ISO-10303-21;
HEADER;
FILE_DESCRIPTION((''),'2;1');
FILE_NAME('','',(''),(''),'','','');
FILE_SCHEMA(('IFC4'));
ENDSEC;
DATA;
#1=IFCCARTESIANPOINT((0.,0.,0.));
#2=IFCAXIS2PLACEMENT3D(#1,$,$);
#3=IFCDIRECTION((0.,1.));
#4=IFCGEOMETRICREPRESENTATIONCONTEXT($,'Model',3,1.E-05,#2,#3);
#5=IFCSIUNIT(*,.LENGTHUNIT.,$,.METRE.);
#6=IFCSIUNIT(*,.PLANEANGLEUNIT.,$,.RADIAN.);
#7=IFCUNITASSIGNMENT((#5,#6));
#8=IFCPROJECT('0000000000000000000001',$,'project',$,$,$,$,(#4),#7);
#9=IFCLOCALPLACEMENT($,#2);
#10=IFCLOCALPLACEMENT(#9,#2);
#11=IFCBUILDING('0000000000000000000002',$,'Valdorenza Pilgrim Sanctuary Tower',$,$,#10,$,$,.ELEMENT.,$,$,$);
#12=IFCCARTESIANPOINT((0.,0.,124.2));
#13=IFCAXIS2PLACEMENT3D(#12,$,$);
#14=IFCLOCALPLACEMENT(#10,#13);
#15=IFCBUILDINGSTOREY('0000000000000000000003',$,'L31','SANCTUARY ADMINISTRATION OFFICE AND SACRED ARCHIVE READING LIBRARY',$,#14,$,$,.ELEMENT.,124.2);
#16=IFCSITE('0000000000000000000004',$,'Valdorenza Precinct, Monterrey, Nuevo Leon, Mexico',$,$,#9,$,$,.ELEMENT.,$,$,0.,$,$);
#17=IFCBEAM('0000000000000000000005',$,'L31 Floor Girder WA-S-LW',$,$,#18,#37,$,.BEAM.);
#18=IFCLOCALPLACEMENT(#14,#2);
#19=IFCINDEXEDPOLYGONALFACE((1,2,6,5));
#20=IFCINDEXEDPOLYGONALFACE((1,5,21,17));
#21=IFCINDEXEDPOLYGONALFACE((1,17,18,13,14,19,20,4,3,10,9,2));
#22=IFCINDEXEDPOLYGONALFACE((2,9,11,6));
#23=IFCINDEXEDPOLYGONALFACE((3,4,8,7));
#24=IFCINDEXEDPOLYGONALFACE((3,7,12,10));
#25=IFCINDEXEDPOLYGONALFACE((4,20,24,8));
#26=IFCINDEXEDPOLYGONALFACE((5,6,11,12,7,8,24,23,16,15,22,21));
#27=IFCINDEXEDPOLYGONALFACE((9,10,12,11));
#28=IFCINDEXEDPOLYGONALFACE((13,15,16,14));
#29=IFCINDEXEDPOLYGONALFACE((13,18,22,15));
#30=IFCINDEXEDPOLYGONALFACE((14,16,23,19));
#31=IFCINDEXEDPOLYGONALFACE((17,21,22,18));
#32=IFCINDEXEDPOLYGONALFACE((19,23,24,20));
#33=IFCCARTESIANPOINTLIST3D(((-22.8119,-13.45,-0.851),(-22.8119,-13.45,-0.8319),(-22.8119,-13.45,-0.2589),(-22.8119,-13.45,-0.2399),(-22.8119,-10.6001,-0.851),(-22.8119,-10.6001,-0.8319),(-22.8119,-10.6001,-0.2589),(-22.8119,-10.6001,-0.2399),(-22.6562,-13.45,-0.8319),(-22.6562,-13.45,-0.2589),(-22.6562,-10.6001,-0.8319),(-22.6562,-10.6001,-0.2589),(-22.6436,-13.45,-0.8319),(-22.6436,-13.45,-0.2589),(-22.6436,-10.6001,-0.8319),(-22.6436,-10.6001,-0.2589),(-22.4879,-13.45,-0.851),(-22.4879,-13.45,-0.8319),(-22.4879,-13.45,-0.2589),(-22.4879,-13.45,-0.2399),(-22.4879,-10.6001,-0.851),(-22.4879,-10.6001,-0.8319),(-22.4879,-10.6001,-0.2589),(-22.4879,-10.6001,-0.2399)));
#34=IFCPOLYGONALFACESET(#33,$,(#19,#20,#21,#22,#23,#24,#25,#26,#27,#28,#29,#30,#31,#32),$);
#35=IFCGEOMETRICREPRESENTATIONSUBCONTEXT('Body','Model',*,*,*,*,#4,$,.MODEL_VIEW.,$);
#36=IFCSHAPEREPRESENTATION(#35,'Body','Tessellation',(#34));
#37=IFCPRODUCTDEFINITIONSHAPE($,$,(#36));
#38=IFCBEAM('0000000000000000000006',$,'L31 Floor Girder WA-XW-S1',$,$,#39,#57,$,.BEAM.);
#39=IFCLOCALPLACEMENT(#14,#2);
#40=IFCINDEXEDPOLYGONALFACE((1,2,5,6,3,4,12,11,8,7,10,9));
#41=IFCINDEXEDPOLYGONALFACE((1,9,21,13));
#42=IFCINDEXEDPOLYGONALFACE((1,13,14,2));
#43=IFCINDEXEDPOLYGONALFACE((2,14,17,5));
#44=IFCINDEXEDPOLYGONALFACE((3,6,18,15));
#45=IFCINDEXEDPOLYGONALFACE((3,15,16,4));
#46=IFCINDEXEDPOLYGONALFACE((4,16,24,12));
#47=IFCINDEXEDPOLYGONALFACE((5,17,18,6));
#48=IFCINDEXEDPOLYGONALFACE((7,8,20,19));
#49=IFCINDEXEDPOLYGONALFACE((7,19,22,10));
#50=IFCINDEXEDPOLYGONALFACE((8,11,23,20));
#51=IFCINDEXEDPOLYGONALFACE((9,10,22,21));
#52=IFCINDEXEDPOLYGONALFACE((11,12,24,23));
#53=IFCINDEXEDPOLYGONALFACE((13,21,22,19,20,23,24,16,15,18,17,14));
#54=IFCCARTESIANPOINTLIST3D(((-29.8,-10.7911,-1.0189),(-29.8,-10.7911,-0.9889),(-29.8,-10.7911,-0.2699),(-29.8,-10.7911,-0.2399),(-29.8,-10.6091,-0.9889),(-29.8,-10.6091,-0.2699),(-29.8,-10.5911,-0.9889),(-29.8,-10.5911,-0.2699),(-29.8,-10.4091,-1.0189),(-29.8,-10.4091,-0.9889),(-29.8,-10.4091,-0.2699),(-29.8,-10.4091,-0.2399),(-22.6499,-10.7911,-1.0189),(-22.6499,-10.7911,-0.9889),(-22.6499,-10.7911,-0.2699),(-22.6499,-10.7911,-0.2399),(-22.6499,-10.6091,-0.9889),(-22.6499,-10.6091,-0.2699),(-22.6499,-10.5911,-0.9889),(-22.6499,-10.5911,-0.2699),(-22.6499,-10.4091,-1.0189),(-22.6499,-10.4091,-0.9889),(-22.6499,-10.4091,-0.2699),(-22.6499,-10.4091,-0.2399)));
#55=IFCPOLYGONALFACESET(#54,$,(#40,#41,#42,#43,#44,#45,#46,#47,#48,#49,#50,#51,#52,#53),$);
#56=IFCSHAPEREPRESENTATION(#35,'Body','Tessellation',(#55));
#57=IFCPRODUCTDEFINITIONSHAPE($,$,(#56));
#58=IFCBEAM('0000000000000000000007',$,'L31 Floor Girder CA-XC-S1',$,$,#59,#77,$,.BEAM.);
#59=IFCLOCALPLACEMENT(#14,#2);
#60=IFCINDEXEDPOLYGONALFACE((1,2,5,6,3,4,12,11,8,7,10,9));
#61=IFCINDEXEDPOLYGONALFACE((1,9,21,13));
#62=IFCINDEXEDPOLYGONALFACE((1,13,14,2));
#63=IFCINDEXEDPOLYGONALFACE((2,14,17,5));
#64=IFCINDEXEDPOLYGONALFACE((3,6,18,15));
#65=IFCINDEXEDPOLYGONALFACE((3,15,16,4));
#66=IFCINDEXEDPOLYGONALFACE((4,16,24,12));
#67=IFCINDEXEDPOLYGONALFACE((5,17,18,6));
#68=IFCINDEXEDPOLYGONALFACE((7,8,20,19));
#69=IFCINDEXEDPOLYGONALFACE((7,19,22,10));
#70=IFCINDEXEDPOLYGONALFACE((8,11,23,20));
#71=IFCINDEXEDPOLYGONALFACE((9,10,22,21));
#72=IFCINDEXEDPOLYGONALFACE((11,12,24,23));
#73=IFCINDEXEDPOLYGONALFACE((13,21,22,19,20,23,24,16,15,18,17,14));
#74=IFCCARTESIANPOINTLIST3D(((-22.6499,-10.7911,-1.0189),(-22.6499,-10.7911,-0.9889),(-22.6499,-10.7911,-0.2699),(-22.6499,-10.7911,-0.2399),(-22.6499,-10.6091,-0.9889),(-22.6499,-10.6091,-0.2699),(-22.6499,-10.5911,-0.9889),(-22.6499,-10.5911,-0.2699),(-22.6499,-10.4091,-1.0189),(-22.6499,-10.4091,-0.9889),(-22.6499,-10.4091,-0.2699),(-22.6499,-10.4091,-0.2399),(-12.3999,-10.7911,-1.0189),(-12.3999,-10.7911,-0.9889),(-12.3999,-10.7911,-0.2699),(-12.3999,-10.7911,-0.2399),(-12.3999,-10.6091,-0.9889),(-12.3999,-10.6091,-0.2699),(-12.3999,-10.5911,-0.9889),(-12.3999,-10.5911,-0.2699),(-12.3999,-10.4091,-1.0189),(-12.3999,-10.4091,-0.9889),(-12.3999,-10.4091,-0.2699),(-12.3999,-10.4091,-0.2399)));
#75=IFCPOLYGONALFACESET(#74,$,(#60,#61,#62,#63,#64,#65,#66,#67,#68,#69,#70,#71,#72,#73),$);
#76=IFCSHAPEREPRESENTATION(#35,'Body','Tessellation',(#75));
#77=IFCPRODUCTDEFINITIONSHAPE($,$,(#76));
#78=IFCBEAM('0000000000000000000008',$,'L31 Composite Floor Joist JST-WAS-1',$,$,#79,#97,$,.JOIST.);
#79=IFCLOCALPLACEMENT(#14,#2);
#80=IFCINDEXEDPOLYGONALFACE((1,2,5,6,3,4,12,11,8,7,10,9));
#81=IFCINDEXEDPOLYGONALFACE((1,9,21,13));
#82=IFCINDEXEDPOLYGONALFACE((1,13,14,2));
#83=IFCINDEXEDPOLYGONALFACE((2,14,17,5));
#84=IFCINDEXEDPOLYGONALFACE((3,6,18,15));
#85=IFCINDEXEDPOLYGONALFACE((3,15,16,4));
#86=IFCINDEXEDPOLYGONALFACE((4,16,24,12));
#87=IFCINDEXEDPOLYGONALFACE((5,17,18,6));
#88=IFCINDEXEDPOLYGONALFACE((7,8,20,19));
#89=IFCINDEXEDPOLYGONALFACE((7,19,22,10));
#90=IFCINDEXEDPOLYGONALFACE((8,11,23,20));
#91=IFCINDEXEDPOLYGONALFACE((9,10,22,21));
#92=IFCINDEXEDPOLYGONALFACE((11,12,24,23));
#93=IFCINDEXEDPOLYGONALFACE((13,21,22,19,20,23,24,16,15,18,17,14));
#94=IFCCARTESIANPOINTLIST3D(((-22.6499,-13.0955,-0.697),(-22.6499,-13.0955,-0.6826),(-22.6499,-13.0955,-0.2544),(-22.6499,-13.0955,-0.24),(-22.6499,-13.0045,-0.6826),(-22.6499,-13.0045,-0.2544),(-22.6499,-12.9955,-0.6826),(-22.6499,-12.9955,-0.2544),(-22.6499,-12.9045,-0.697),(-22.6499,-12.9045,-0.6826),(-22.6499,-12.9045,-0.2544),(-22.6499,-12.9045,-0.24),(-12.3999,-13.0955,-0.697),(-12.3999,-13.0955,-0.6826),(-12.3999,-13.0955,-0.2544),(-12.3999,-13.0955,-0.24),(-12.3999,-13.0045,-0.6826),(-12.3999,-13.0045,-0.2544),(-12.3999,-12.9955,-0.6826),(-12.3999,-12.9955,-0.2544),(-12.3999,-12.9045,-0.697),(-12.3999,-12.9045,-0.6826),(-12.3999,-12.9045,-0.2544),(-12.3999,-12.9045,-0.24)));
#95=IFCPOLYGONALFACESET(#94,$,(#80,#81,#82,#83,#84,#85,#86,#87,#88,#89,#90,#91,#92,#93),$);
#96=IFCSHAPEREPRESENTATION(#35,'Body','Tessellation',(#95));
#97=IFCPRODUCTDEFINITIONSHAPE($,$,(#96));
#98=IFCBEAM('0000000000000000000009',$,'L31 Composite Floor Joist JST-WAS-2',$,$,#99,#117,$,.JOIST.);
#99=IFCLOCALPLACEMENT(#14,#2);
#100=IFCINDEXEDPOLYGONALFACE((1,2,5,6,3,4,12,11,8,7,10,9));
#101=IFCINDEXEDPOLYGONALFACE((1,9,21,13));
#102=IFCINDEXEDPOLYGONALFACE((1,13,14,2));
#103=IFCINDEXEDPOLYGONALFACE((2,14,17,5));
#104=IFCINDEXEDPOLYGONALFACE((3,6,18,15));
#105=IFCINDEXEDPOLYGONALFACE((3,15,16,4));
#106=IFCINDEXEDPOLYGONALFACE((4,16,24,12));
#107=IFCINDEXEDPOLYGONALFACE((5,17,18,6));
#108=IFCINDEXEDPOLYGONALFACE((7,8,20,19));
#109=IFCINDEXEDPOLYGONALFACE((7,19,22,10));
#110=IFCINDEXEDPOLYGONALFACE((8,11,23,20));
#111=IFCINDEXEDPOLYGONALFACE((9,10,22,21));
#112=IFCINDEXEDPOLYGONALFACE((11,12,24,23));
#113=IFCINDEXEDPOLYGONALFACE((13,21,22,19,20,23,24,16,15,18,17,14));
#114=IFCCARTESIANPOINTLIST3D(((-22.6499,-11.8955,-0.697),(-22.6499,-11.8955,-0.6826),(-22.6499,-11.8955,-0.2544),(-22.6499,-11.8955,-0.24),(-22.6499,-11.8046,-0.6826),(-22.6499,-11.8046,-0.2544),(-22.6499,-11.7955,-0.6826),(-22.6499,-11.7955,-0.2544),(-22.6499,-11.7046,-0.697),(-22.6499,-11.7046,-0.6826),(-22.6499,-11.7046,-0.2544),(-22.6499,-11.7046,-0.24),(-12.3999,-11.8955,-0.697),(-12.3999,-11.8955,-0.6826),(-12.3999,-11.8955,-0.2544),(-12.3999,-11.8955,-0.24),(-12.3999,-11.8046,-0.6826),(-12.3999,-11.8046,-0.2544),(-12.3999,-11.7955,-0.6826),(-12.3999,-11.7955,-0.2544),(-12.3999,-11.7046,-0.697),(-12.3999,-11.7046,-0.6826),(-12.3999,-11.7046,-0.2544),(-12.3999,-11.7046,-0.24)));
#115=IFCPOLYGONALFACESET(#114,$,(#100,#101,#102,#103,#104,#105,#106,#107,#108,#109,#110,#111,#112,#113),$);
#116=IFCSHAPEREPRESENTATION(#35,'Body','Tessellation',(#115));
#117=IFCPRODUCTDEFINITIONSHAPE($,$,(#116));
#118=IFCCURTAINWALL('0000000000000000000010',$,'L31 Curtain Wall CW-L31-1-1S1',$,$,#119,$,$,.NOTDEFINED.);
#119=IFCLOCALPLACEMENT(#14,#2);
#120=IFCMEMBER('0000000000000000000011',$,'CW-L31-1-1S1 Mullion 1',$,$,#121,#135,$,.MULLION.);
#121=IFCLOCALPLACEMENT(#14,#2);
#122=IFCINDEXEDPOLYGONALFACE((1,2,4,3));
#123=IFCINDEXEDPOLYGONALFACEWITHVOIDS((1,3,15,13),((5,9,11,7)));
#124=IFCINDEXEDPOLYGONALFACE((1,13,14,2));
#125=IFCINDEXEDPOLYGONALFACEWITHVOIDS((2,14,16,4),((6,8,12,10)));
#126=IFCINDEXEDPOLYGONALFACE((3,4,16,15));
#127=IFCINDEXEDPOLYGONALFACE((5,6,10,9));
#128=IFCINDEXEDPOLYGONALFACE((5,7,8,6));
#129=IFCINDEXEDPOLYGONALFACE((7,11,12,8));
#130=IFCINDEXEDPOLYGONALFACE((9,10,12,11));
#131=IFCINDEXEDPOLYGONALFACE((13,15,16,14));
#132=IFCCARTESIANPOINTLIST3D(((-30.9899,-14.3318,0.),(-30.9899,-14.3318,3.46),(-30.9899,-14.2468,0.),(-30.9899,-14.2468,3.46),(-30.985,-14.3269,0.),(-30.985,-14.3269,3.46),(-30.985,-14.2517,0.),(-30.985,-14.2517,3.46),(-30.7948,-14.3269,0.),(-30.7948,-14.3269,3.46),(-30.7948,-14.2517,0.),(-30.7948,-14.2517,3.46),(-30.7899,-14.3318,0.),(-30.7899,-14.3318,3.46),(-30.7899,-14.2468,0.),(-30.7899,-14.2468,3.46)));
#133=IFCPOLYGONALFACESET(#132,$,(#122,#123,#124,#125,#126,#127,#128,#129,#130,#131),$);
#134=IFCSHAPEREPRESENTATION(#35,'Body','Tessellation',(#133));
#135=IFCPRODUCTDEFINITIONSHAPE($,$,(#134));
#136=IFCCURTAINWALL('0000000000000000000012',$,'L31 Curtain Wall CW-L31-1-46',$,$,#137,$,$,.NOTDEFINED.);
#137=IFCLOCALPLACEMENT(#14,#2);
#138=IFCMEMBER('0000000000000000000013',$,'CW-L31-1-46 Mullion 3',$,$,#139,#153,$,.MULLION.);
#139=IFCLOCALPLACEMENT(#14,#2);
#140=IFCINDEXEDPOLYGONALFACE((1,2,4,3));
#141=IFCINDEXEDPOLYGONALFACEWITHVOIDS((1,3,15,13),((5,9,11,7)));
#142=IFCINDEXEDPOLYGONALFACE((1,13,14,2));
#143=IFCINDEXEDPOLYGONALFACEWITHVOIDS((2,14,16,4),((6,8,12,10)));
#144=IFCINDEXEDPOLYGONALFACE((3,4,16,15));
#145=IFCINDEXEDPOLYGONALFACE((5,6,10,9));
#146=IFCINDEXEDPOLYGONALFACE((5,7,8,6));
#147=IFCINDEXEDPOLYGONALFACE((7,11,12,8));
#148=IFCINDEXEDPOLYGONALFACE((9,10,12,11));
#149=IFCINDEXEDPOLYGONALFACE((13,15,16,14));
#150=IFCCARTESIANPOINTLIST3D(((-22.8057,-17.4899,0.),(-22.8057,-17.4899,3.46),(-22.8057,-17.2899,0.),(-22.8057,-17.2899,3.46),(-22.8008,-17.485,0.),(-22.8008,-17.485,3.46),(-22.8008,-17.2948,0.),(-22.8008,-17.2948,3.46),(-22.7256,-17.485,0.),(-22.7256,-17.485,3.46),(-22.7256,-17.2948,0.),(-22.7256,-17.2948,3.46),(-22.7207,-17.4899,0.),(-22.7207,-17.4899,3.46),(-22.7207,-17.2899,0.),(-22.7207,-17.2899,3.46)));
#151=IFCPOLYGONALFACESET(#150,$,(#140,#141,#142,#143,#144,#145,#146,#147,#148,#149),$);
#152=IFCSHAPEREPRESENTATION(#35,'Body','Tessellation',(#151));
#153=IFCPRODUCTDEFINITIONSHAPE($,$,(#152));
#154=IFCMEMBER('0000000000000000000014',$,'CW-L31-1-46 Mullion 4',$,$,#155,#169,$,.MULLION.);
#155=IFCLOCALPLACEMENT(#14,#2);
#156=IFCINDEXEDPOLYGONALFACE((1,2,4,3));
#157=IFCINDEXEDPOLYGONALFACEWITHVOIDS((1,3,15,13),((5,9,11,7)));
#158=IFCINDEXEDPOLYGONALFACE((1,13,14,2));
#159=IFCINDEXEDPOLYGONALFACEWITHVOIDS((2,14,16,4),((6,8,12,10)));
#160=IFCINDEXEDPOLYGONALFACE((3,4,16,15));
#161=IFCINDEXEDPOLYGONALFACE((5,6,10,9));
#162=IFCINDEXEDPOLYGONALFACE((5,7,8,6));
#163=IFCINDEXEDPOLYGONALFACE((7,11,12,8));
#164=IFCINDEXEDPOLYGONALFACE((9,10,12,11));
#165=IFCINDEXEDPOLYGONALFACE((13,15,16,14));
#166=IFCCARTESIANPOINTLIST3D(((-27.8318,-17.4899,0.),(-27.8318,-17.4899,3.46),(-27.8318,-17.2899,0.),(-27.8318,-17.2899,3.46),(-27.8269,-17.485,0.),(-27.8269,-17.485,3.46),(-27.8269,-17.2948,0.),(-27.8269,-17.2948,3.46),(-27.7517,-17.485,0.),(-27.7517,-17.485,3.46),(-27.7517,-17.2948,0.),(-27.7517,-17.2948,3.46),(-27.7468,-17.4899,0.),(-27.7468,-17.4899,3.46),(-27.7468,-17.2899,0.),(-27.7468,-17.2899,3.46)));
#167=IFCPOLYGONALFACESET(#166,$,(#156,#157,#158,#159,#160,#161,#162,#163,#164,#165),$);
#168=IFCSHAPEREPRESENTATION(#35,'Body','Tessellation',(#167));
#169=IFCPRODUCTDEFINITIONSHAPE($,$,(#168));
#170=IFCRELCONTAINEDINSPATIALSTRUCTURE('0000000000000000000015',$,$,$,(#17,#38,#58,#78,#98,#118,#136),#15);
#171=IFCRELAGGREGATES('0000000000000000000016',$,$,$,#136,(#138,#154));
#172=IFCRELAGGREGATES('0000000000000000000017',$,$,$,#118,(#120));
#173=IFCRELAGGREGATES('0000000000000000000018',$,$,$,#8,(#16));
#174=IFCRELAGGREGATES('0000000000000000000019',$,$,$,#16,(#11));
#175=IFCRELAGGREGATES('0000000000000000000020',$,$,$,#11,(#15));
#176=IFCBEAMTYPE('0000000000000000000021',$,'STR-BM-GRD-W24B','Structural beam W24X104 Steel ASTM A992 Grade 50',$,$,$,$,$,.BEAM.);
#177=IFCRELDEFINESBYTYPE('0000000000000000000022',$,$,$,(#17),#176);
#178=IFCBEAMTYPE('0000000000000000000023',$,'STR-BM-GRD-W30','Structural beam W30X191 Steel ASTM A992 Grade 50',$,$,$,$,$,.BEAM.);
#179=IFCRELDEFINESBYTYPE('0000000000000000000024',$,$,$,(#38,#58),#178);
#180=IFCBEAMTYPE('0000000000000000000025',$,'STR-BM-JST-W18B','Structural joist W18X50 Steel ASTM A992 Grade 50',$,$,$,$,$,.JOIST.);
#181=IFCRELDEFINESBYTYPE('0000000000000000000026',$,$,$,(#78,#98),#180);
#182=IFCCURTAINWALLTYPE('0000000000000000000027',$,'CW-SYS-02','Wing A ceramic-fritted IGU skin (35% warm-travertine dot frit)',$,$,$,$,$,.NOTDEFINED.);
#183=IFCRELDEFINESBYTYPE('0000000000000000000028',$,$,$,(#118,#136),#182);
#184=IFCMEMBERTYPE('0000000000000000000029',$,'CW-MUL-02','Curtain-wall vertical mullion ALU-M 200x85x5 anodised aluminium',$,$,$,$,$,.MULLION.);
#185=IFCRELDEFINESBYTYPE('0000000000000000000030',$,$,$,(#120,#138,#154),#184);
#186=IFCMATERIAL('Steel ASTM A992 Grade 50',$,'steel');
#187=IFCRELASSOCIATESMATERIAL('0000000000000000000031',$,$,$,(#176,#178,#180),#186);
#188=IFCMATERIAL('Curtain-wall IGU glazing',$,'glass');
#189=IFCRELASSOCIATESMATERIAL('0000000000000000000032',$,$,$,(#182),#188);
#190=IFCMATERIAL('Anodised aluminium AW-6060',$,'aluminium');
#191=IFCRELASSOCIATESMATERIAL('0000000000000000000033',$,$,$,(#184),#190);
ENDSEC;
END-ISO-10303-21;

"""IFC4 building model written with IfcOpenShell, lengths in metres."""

from ifc_helpers import new_model, si_unit, direction, frame, origin, origin_2d, place, context, subcontext, project, spatial, hollow_rectangle, i_section, extrude, source, transform, mapped, material, material_profile, profile_set, type_object, element, aggregate, save


model = new_model("IFC4")

# Units and contexts
model_context = context("Model", 3, precision=1e-05, world=origin(), true_north=direction((0.0, 1.0)))
body_context = subcontext(model_context, "Body", "Model", "MODEL_VIEW")
ifc_project = project(units=[si_unit("LENGTHUNIT", "METRE"), si_unit("PLANEANGLEUNIT", "RADIAN")], contexts=[model_context])

# Site, building, storey
site_placement = place(None, origin())
site = spatial("IfcSite", under=ifc_project, at=site_placement, Name="Valdorenza Precinct, Monterrey, Nuevo Leon, Mexico", CompositionType="ELEMENT", RefElevation=0.0)
building_placement = place(site_placement, origin())
building = spatial("IfcBuilding", under=site, at=building_placement, Name="Valdorenza Pilgrim Sanctuary Tower", CompositionType="ELEMENT")
storey_placement = place(building_placement, frame((0.0, 0.0, 124.2)))
storey = spatial("IfcBuildingStorey", under=building, at=storey_placement, Name="L31", Description="SANCTUARY ADMINISTRATION OFFICE AND SACRED ARCHIVE READING LIBRARY", CompositionType="ELEMENT", Elevation=124.2)

# Shared definitions
ifc_material_1 = material(Name="Steel ASTM A992 Grade 50", Category="steel")

# Beams
ifc_material_profile_1 = material_profile(ifc_material_1, i_section(OverallWidth=0.324, OverallDepth=0.6111, WebThickness=0.0127, FlangeThickness=0.019, at=origin_2d()), Name="W24X104")
ifc_profile_set_1 = profile_set([ifc_material_profile_1], Name="Steel ASTM A992 Grade 50")
beam_type_1 = type_object("IfcBeamType", Name="STR-BM-GRD-W24B", Description="Structural beam W24X104 Steel ASTM A992 Grade 50", PredefinedType="BEAM", material=ifc_profile_set_1)
shared_shape_1 = source(origin(), body_context, "Body", "SweptSolid", [
    extrude(i_section(OverallWidth=0.324, OverallDepth=0.6111, WebThickness=0.0127, FlangeThickness=0.019, at=origin_2d()), origin(), (0.0, 0.0, 1.0), 2.8499),
])
beam_1_placement = place(storey_placement, frame((-22.6499, -13.45, -0.5454), z_axis=(0.0, 1.0, 0.0), x_axis=(-1.0, 0.0, 0.0)))
element("IfcBeam", 1, at=beam_1_placement, inside=storey, type_object=beam_type_1, Name="L31 Floor Girder WA-S-LW", PredefinedType="BEAM", context=body_context, shape_type="MappedRepresentation", body=[
    mapped(shared_shape_1, transform((0.0, 0.0, 0.0), x_axis=(1.0, 0.0, 0.0), y_axis=(0.0, 1.0, 0.0), z_axis=(0.0, 0.0, 1.0), scale=1.0)),
])
ifc_material_profile_2 = material_profile(ifc_material_1, i_section(OverallWidth=0.3821, OverallDepth=0.7791, WebThickness=0.0181, FlangeThickness=0.03, at=origin_2d()), Name="W30X191")
ifc_profile_set_2 = profile_set([ifc_material_profile_2], Name="Steel ASTM A992 Grade 50")
beam_type_2 = type_object("IfcBeamType", Name="STR-BM-GRD-W30", Description="Structural beam W30X191 Steel ASTM A992 Grade 50", PredefinedType="BEAM", material=ifc_profile_set_2)
shared_shape_2 = source(origin(), body_context, "Body", "SweptSolid", [
    extrude(i_section(OverallWidth=0.3821, OverallDepth=0.7791, WebThickness=0.0181, FlangeThickness=0.03, at=origin_2d()), origin(), (0.0, 0.0, 1.0), 7.1501),
])
beam_2_placement = place(storey_placement, frame((-29.8, -10.6001, -0.6294), z_axis=(1.0, 0.0, 0.0), x_axis=(0.0, 1.0, 0.0)))
element("IfcBeam", 2, at=beam_2_placement, inside=storey, type_object=beam_type_2, Name="L31 Floor Girder WA-XW-S1", PredefinedType="BEAM", context=body_context, shape_type="MappedRepresentation", body=[
    mapped(shared_shape_2, transform((0.0, 0.0, 0.0), x_axis=(1.0, 0.0, 0.0), y_axis=(0.0, 1.0, 0.0), z_axis=(0.0, 0.0, 1.0), scale=1.0)),
])
shared_shape_3 = source(origin(), body_context, "Body", "SweptSolid", [
    extrude(i_section(OverallWidth=0.3821, OverallDepth=0.7791, WebThickness=0.0181, FlangeThickness=0.03, at=origin_2d()), origin(), (0.0, 0.0, 1.0), 10.25),
])
beam_3_placement = place(storey_placement, frame((-22.6499, -10.6001, -0.6294), z_axis=(1.0, 0.0, 0.0), x_axis=(0.0, 1.0, 0.0)))
element("IfcBeam", 3, at=beam_3_placement, inside=storey, type_object=beam_type_2, Name="L31 Floor Girder CA-XC-S1", PredefinedType="BEAM", context=body_context, shape_type="MappedRepresentation", body=[
    mapped(shared_shape_3, transform((0.0, 0.0, 0.0), x_axis=(1.0, 0.0, 0.0), y_axis=(0.0, 1.0, 0.0), z_axis=(0.0, 0.0, 1.0), scale=1.0)),
])
ifc_material_profile_3 = material_profile(ifc_material_1, i_section(OverallWidth=0.1909, OverallDepth=0.457, WebThickness=0.009, FlangeThickness=0.0144, at=origin_2d()), Name="W18X50")
ifc_profile_set_3 = profile_set([ifc_material_profile_3], Name="Steel ASTM A992 Grade 50")
beam_type_3 = type_object("IfcBeamType", Name="STR-BM-JST-W18B", Description="Structural joist W18X50 Steel ASTM A992 Grade 50", PredefinedType="JOIST", material=ifc_profile_set_3)
shared_shape_4 = source(origin(), body_context, "Body", "SweptSolid", [
    extrude(i_section(OverallWidth=0.1909, OverallDepth=0.457, WebThickness=0.009, FlangeThickness=0.0144, at=origin_2d()), origin(), (0.0, 0.0, 1.0), 10.25),
])
for number, where, z_axis, x_axis, name in (
    (4, (-22.6499, -13.0, -0.4685), (1.0, 0.0, 0.0), (0.0, 1.0, 0.0), "L31 Composite Floor Joist JST-WAS-1"),
    (5, (-22.6499, -11.8, -0.4685), (1.0, 0.0, 0.0), (0.0, 1.0, 0.0), "L31 Composite Floor Joist JST-WAS-2"),
):
    element("IfcBeam", number, at=place(storey_placement, frame(where, z_axis=z_axis, x_axis=x_axis)), inside=storey, type_object=beam_type_3, Name=name, PredefinedType="JOIST", context=body_context, shape_type="MappedRepresentation", body=[
        mapped(shared_shape_4, transform((0.0, 0.0, 0.0), x_axis=(1.0, 0.0, 0.0), y_axis=(0.0, 1.0, 0.0), z_axis=(0.0, 0.0, 1.0), scale=1.0)),
    ])

# Curtain wall, member
ifc_material_2 = material(Name="Curtain-wall IGU glazing", Category="glass")
curtain_wall_type = type_object("IfcCurtainWallType", Name="CW-SYS-02", Description="Wing A ceramic-fritted IGU skin (35% warm-travertine dot frit)", PredefinedType="NOTDEFINED", material=ifc_material_2)
curtain_wall_1_placement = place(storey_placement, origin())
curtain_wall_1 = element("IfcCurtainWall", 6, at=curtain_wall_1_placement, inside=storey, type_object=curtain_wall_type, Name="L31 Curtain Wall CW-L31-1-1S1", PredefinedType="NOTDEFINED")
ifc_material_3 = material(Name="Anodised aluminium AW-6060", Category="aluminium")
ifc_material_profile_4 = material_profile(ifc_material_3, hollow_rectangle(XDim=0.085, YDim=0.2, WallThickness=0.0049, at=origin_2d()), Name="ALU-M 200x85x5")
ifc_profile_set_4 = profile_set([ifc_material_profile_4], Name="Anodised aluminium AW-6060")
member_type_1 = type_object("IfcMemberType", Name="CW-MUL-02", Description="Curtain-wall vertical mullion ALU-M 200x85x5 anodised aluminium", PredefinedType="MULLION", material=ifc_profile_set_4)
shared_shape_5 = source(origin(), body_context, "Body", "SweptSolid", [
    extrude(hollow_rectangle(XDim=0.085, YDim=0.2, WallThickness=0.0049, at=origin_2d()), origin(), (0.0, 0.0, 1.0), 3.46),
])
member_1_placement = place(storey_placement, frame((-30.8899, -14.2893, 0.0), z_axis=(0.0, 0.0, 1.0), x_axis=(0.0, 1.0, 0.0)))
member_1 = element("IfcMember", 7, at=member_1_placement, type_object=member_type_1, Name="CW-L31-1-1S1 Mullion 1", PredefinedType="MULLION", context=body_context, shape_type="MappedRepresentation", body=[
    mapped(shared_shape_5, transform((0.0, 0.0, 0.0), x_axis=(1.0, 0.0, 0.0), y_axis=(0.0, 1.0, 0.0), z_axis=(0.0, 0.0, 1.0), scale=1.0)),
])

# Curtain wall, members
curtain_wall_2_placement = place(storey_placement, origin())
curtain_wall_2 = element("IfcCurtainWall", 8, at=curtain_wall_2_placement, inside=storey, type_object=curtain_wall_type, Name="L31 Curtain Wall CW-L31-1-46", PredefinedType="NOTDEFINED")
member_2_placement = place(storey_placement, frame((-22.7632, -17.3899, 0.0), z_axis=(0.0, 0.0, 1.0), x_axis=(-1.0, 0.0, 0.0)))
member_2 = element("IfcMember", 9, at=member_2_placement, type_object=member_type_1, Name="CW-L31-1-46 Mullion 3", PredefinedType="MULLION", context=body_context, shape_type="MappedRepresentation", body=[
    mapped(shared_shape_5, transform((0.0, 0.0, 0.0), x_axis=(1.0, 0.0, 0.0), y_axis=(0.0, 1.0, 0.0), z_axis=(0.0, 0.0, 1.0), scale=1.0)),
])
member_3_placement = place(storey_placement, frame((-27.7893, -17.3899, 0.0), z_axis=(0.0, 0.0, 1.0), x_axis=(-1.0, 0.0, 0.0)))
member_3 = element("IfcMember", 10, at=member_3_placement, type_object=member_type_1, Name="CW-L31-1-46 Mullion 4", PredefinedType="MULLION", context=body_context, shape_type="MappedRepresentation", body=[
    mapped(shared_shape_5, transform((0.0, 0.0, 0.0), x_axis=(1.0, 0.0, 0.0), y_axis=(0.0, 1.0, 0.0), z_axis=(0.0, 0.0, 1.0), scale=1.0)),
])

aggregate(curtain_wall_2, [member_2, member_3])
aggregate(curtain_wall_1, [member_1])

save(model, "model.ifc")
